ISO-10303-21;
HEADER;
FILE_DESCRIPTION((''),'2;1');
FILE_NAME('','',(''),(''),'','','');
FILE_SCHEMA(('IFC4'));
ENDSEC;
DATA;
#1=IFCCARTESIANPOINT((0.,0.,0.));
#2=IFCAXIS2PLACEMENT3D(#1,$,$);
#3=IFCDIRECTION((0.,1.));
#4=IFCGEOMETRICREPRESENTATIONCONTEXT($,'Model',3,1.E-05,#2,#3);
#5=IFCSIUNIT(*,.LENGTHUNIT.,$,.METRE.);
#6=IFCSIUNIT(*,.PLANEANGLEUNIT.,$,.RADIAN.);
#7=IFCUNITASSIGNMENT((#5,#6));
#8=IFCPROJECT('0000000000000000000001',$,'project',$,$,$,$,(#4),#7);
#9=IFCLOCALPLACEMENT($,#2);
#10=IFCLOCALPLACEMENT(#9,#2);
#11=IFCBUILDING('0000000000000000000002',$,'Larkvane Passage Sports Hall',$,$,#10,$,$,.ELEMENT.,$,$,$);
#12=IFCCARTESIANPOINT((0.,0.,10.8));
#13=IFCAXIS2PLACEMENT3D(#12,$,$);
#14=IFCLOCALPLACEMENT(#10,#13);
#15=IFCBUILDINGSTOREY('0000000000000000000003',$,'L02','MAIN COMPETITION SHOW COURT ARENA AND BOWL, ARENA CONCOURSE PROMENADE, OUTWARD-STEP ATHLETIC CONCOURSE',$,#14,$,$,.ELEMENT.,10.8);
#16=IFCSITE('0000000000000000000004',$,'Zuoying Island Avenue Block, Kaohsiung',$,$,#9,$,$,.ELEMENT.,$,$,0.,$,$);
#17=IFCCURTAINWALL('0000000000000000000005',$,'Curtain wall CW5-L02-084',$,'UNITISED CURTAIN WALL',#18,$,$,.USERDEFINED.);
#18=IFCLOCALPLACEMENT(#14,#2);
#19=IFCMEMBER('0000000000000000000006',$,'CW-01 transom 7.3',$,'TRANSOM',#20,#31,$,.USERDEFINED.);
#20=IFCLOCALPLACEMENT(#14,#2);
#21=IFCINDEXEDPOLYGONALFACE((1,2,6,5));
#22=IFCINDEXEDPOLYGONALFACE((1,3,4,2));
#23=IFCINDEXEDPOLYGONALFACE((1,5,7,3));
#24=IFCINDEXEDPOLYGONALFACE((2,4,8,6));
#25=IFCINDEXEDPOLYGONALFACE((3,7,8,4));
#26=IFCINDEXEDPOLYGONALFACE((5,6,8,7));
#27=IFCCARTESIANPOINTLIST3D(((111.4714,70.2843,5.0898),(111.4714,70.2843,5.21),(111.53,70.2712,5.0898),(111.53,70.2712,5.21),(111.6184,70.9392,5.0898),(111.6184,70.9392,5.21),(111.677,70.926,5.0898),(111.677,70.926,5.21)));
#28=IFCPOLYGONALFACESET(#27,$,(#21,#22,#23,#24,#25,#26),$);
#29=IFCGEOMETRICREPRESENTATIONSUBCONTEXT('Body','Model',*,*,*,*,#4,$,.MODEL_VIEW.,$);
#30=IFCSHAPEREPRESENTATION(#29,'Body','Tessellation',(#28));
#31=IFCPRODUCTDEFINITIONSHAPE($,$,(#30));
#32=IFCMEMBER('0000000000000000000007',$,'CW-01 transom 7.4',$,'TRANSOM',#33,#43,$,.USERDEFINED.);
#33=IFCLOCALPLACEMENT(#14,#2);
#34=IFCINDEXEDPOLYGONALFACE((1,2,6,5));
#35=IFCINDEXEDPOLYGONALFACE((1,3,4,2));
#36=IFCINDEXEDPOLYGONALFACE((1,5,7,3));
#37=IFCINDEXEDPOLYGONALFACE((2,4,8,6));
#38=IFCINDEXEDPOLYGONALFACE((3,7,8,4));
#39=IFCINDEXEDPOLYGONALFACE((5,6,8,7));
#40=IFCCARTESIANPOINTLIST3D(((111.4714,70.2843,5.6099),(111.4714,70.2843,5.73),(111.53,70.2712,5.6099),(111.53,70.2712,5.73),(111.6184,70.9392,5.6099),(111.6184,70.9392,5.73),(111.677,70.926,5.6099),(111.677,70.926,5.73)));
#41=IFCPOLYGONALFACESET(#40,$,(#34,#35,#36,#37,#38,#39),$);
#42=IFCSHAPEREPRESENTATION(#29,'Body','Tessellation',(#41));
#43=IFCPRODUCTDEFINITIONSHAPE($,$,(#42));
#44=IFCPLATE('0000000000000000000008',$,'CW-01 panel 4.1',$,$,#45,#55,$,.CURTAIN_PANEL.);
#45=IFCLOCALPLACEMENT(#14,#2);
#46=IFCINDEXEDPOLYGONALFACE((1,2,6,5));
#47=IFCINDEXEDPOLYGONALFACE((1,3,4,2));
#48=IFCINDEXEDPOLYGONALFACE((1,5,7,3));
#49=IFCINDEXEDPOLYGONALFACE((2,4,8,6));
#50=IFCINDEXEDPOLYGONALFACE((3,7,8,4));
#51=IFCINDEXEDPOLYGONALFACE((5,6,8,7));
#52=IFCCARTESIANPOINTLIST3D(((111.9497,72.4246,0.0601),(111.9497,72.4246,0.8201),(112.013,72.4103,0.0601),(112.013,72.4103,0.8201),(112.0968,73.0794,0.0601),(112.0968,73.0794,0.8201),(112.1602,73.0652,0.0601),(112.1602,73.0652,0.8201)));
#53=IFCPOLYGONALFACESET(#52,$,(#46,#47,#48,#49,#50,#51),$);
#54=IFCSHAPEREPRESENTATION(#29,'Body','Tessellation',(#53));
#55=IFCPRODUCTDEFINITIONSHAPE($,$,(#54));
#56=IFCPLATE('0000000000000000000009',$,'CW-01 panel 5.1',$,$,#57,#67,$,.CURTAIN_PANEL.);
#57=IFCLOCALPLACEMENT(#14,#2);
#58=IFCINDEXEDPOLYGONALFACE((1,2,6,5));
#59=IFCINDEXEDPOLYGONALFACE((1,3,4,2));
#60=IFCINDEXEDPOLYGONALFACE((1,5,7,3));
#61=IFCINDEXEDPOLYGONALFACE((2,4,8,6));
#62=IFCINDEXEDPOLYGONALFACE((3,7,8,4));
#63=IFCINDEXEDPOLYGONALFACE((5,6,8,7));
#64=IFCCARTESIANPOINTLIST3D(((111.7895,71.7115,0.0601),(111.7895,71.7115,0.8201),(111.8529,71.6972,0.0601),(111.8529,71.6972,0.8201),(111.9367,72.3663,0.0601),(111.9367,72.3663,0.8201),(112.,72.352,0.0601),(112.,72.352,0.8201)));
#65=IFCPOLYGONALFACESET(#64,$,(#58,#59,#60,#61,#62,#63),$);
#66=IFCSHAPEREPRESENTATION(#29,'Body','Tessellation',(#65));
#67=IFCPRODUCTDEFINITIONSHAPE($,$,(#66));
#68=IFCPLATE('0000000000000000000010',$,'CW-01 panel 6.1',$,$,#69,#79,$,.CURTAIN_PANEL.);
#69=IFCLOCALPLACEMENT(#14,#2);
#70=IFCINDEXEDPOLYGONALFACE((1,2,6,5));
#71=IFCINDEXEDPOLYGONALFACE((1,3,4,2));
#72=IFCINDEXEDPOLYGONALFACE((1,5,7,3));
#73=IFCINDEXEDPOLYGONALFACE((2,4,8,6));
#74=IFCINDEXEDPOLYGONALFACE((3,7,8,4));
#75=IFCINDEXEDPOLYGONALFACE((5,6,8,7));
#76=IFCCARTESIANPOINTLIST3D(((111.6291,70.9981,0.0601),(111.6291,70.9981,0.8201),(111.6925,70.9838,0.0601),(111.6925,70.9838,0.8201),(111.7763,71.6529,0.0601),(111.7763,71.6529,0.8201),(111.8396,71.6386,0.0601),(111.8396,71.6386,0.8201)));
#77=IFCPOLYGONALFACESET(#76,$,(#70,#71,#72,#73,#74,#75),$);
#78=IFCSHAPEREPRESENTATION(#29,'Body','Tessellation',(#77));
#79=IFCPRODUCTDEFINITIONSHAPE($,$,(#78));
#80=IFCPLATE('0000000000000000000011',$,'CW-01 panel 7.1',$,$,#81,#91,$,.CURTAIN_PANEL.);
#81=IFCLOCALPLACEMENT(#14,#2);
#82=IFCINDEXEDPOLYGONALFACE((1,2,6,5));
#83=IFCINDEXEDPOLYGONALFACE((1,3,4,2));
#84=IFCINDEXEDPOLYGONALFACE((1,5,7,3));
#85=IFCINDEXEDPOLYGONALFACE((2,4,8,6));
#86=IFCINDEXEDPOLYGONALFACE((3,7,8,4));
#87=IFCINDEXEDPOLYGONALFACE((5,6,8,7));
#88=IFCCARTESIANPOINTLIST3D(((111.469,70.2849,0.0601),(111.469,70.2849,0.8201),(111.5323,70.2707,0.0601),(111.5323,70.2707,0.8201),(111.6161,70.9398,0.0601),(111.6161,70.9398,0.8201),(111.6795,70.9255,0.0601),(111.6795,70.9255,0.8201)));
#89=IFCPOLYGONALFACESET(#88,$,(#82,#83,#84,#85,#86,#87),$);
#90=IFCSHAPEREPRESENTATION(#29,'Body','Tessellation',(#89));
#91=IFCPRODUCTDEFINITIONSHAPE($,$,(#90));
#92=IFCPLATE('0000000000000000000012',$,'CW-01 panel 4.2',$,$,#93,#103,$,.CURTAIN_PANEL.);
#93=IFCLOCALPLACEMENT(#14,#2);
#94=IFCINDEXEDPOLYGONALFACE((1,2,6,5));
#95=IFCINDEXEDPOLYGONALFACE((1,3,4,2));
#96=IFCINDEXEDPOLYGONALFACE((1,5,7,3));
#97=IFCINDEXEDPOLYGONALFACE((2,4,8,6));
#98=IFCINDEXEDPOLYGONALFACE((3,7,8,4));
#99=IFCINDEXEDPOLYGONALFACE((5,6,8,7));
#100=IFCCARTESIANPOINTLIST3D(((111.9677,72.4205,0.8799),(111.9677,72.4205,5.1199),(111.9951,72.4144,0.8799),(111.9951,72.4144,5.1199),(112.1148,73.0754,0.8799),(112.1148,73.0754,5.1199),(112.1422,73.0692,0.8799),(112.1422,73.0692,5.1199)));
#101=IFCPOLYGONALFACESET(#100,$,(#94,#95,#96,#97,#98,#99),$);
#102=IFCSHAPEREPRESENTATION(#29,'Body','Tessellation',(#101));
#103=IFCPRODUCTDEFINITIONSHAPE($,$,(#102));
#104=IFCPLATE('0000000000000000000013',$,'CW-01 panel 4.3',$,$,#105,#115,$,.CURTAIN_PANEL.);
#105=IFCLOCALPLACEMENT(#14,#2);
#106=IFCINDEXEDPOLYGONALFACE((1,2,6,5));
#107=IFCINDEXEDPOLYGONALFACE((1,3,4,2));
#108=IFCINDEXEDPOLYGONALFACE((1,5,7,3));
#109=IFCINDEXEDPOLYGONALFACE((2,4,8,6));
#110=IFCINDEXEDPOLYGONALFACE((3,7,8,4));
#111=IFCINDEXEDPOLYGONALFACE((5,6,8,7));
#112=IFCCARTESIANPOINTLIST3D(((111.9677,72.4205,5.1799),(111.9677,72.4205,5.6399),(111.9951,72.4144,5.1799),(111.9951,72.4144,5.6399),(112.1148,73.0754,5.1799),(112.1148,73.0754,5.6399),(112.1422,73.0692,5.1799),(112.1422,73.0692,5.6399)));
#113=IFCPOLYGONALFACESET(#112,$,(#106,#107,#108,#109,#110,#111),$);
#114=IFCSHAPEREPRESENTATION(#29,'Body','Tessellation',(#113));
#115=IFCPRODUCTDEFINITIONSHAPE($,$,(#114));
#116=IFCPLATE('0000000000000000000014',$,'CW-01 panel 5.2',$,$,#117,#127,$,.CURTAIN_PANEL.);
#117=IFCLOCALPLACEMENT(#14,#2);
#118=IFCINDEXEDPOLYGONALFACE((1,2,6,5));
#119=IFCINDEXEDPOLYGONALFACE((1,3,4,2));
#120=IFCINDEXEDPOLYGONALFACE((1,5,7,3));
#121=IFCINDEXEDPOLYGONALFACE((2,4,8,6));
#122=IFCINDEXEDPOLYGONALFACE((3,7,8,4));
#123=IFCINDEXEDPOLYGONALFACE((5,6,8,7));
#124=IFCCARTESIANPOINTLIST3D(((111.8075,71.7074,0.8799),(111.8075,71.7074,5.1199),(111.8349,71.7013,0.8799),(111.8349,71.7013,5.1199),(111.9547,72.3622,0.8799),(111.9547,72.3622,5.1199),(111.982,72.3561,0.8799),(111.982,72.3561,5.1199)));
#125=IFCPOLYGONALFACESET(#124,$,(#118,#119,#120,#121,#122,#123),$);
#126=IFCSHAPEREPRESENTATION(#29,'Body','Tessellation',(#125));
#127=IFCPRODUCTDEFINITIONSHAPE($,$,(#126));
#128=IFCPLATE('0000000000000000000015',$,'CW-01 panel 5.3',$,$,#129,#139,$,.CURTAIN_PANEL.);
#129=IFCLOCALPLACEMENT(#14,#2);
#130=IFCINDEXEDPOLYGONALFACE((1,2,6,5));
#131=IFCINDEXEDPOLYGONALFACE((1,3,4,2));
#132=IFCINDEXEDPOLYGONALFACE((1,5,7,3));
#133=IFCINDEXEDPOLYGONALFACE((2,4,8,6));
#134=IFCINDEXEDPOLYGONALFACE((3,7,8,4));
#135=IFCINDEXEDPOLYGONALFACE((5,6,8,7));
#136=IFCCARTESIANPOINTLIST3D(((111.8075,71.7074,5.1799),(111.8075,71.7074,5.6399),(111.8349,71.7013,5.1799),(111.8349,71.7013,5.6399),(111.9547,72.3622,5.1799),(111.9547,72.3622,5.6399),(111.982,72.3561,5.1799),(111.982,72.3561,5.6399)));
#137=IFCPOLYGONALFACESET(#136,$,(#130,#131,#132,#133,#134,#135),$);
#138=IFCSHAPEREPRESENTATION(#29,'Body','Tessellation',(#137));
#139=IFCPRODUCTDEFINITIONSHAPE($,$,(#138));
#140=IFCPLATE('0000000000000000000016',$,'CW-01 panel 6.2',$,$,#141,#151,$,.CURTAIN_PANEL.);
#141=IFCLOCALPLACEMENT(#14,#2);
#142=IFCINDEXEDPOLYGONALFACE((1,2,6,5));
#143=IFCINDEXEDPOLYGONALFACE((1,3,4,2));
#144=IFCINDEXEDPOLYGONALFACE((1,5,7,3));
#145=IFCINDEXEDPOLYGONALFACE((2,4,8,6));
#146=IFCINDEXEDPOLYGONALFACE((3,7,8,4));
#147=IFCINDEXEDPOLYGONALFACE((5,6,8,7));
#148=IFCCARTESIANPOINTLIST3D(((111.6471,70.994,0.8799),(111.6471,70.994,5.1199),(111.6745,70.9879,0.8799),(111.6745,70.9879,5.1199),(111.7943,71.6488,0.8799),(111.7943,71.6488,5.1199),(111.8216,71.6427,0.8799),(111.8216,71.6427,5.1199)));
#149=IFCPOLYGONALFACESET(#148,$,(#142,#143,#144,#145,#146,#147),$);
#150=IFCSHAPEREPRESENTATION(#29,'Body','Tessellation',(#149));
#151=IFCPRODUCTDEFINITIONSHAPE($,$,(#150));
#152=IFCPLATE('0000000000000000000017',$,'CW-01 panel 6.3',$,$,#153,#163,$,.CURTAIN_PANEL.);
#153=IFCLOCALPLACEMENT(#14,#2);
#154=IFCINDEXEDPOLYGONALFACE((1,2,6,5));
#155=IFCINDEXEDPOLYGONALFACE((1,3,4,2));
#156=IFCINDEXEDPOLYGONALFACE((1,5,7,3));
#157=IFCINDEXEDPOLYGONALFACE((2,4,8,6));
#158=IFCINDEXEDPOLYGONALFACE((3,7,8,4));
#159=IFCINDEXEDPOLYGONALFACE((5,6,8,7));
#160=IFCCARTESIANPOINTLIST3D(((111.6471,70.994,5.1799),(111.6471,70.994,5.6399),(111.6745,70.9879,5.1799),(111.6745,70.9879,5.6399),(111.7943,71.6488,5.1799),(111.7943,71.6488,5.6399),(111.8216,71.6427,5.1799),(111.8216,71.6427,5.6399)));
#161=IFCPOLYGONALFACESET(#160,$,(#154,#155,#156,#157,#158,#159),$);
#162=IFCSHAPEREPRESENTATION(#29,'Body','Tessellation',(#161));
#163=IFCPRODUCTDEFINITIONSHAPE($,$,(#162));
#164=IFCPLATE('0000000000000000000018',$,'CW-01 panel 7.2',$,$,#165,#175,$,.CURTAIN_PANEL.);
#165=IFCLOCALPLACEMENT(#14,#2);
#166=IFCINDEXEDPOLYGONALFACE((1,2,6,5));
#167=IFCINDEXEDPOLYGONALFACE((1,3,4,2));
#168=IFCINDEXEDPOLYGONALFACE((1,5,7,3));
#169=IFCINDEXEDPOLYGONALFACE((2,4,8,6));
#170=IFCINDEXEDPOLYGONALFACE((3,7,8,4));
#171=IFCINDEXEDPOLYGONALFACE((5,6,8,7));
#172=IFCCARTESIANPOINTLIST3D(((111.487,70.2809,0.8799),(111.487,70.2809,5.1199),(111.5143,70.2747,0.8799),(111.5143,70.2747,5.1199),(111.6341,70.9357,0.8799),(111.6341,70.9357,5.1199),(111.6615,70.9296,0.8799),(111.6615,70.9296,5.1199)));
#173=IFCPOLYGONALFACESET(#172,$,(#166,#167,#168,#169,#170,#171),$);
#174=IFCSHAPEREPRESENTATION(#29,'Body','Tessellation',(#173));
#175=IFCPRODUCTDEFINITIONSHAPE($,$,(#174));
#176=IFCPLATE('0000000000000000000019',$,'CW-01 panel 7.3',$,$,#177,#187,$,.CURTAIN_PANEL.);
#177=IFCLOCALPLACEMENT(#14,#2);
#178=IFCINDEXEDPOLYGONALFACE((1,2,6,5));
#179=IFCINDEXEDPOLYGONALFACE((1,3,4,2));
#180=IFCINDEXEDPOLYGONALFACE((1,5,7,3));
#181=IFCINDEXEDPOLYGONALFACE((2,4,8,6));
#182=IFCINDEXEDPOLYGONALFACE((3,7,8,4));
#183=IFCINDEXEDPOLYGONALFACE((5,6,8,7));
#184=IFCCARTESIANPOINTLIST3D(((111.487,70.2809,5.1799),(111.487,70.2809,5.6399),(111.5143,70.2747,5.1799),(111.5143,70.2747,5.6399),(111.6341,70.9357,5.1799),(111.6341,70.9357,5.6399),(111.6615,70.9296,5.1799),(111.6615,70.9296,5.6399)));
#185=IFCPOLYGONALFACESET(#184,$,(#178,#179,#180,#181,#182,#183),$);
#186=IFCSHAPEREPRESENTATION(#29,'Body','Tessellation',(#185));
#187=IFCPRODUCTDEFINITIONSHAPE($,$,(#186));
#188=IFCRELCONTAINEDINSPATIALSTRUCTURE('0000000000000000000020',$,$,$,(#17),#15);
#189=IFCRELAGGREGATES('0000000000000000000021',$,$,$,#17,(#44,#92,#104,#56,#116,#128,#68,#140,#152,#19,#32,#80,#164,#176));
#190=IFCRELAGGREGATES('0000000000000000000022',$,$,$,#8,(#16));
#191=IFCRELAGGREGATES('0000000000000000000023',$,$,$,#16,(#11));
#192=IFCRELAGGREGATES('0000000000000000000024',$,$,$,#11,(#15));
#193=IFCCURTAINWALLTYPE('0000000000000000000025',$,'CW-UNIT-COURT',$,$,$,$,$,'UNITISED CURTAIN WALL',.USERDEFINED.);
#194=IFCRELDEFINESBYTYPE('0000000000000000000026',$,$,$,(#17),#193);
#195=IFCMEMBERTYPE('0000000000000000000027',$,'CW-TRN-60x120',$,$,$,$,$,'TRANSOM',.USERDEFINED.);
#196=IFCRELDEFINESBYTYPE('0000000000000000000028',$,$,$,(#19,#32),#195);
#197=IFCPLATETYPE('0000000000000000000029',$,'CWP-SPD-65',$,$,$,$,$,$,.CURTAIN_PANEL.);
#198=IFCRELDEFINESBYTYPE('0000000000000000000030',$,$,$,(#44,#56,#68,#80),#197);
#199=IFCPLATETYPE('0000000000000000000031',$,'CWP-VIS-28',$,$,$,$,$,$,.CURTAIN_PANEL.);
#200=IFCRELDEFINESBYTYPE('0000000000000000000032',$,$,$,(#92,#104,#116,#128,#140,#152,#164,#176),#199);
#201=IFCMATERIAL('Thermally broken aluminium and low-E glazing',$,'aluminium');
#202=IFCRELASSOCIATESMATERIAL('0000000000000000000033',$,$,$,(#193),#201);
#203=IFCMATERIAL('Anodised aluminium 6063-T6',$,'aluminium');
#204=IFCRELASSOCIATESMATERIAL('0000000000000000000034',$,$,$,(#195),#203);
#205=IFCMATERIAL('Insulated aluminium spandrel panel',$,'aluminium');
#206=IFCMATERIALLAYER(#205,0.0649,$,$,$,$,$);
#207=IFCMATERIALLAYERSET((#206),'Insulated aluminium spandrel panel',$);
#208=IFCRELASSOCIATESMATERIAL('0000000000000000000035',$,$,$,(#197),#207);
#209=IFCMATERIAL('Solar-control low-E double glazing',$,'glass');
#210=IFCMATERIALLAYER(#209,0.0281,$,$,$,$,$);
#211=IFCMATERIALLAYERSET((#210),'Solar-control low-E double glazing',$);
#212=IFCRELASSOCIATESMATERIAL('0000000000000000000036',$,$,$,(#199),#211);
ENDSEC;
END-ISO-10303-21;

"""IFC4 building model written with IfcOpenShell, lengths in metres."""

from ifc_helpers import new_model, si_unit, direction, frame, origin, origin_2d, place, context, subcontext, project, spatial, rectangle, extrude, material, layer, layer_set, material_profile, profile_set, type_object, element, aggregate, save


model = new_model("IFC4")

# Units and contexts
model_context = context("Model", 3, precision=1e-05, world=origin(), true_north=direction((0.0, 1.0)))
body_context = subcontext(model_context, "Body", "Model", "MODEL_VIEW")
ifc_project = project(units=[si_unit("LENGTHUNIT", "METRE"), si_unit("PLANEANGLEUNIT", "RADIAN")], contexts=[model_context])

# Site, building, storey
site_placement = place(None, origin())
site = spatial("IfcSite", under=ifc_project, at=site_placement, Name="Zuoying Island Avenue Block, Kaohsiung", CompositionType="ELEMENT", RefElevation=0.0)
building_placement = place(site_placement, origin())
building = spatial("IfcBuilding", under=site, at=building_placement, Name="Larkvane Passage Sports Hall", CompositionType="ELEMENT")
storey_placement = place(building_placement, frame((0.0, 0.0, 10.8)))
storey = spatial("IfcBuildingStorey", under=building, at=storey_placement, Name="L02", Description="MAIN COMPETITION SHOW COURT ARENA AND BOWL, ARENA CONCOURSE PROMENADE, OUTWARD-STEP ATHLETIC CONCOURSE", CompositionType="ELEMENT", Elevation=10.8)

# Curtain wall, members, plates
ifc_material_1 = material(Name="Thermally broken aluminium and low-E glazing", Category="aluminium")
curtain_wall_type = type_object("IfcCurtainWallType", Name="CW-UNIT-COURT", ElementType="UNITISED CURTAIN WALL", PredefinedType="USERDEFINED", material=ifc_material_1)
curtain_wall_placement = place(storey_placement, origin())
curtain_wall = element("IfcCurtainWall", 1, at=curtain_wall_placement, inside=storey, type_object=curtain_wall_type, Name="Curtain wall CW5-L02-084", ObjectType="UNITISED CURTAIN WALL", PredefinedType="USERDEFINED")
ifc_material_2 = material(Name="Anodised aluminium 6063-T6", Category="aluminium")
ifc_material_profile_1 = material_profile(ifc_material_2, rectangle(XDim=0.0601, YDim=0.1201, at=origin_2d()), Name="ALU-TRN-60x120")
ifc_profile_set_1 = profile_set([ifc_material_profile_1], Name="Anodised aluminium 6063-T6")
member_type_1 = type_object("IfcMemberType", Name="CW-TRN-60x120", ElementType="TRANSOM", PredefinedType="USERDEFINED", material=ifc_profile_set_1)
member_1_placement = place(storey_placement, frame((111.6477, 70.9326, 5.1499), z_axis=(-0.21901, -0.975723, 0.0), x_axis=(0.975723, -0.21901, 0.0)))
member_1 = element("IfcMember", 2, at=member_1_placement, type_object=member_type_1, Name="CW-01 transom 7.3", ObjectType="TRANSOM", PredefinedType="USERDEFINED", context=body_context, shape_type="SweptSolid", body=[
    extrude(rectangle(XDim=0.0601, YDim=0.1201, at=origin_2d()), origin(), (0.0, 0.0, 1.0), 0.6711),
])
member_2_placement = place(storey_placement, frame((111.6477, 70.9326, 5.6699), z_axis=(-0.21901, -0.975723, 0.0), x_axis=(0.975723, -0.21901, 0.0)))
member_2 = element("IfcMember", 3, at=member_2_placement, type_object=member_type_1, Name="CW-01 transom 7.4", ObjectType="TRANSOM", PredefinedType="USERDEFINED", context=body_context, shape_type="SweptSolid", body=[
    extrude(rectangle(XDim=0.0601, YDim=0.1201, at=origin_2d()), origin(), (0.0, 0.0, 1.0), 0.6711),
])
ifc_material_3 = material(Name="Insulated aluminium spandrel panel", Category="aluminium")
ifc_layer_1 = layer(ifc_material_3, 0.0649)
ifc_layer_set_1 = layer_set([ifc_layer_1], Name="Insulated aluminium spandrel panel")
plate_type_1 = type_object("IfcPlateType", Name="CWP-SPD-65", PredefinedType="CURTAIN_PANEL", material=ifc_layer_set_1)
plate_1_placement = place(storey_placement, frame((112.0549, 72.7449, 0.0601), z_axis=(0.0, 0.0, 1.0), x_axis=(-0.219244, -0.97567, 0.0)))
plate_1 = element("IfcPlate", 4, at=plate_1_placement, type_object=plate_type_1, Name="CW-01 panel 4.1", PredefinedType="CURTAIN_PANEL", context=body_context, shape_type="SweptSolid", body=[
    extrude(rectangle(XDim=0.6711, YDim=0.0649, at=origin_2d()), origin(), (0.0, 0.0, 1.0), 0.76),
])
plate_2_placement = place(storey_placement, frame((111.8948, 72.0317, 0.0601), z_axis=(0.0, 0.0, 1.0), x_axis=(-0.219244, -0.97567, 0.0)))
plate_2 = element("IfcPlate", 5, at=plate_2_placement, type_object=plate_type_1, Name="CW-01 panel 5.1", PredefinedType="CURTAIN_PANEL", context=body_context, shape_type="SweptSolid", body=[
    extrude(rectangle(XDim=0.6711, YDim=0.0649, at=origin_2d()), origin(), (0.0, 0.0, 1.0), 0.76),
])
plate_3_placement = place(storey_placement, frame((111.7344, 71.3184, 0.0601), z_axis=(0.0, 0.0, 1.0), x_axis=(-0.219244, -0.97567, 0.0)))
plate_3 = element("IfcPlate", 6, at=plate_3_placement, type_object=plate_type_1, Name="CW-01 panel 6.1", PredefinedType="CURTAIN_PANEL", context=body_context, shape_type="SweptSolid", body=[
    extrude(rectangle(XDim=0.6711, YDim=0.0649, at=origin_2d()), origin(), (0.0, 0.0, 1.0), 0.76),
])
plate_4_placement = place(storey_placement, frame((111.5742, 70.6052, 0.0601), z_axis=(0.0, 0.0, 1.0), x_axis=(-0.219244, -0.97567, 0.0)))
plate_4 = element("IfcPlate", 7, at=plate_4_placement, type_object=plate_type_1, Name="CW-01 panel 7.1", PredefinedType="CURTAIN_PANEL", context=body_context, shape_type="SweptSolid", body=[
    extrude(rectangle(XDim=0.6711, YDim=0.0649, at=origin_2d()), origin(), (0.0, 0.0, 1.0), 0.76),
])
ifc_material_4 = material(Name="Solar-control low-E double glazing", Category="glass")
ifc_layer_2 = layer(ifc_material_4, 0.0281)
ifc_layer_set_2 = layer_set([ifc_layer_2], Name="Solar-control low-E double glazing")
plate_type_2 = type_object("IfcPlateType", Name="CWP-VIS-28", PredefinedType="CURTAIN_PANEL", material=ifc_layer_set_2)
plate_5_placement = place(storey_placement, frame((112.0549, 72.7449, 0.8799), z_axis=(0.0, 0.0, 1.0), x_axis=(-0.219244, -0.97567, 0.0)))
plate_5 = element("IfcPlate", 8, at=plate_5_placement, type_object=plate_type_2, Name="CW-01 panel 4.2", PredefinedType="CURTAIN_PANEL", context=body_context, shape_type="SweptSolid", body=[
    extrude(rectangle(XDim=0.6711, YDim=0.0281, at=origin_2d()), origin(), (0.0, 0.0, 1.0), 4.24),
])
plate_6_placement = place(storey_placement, frame((112.0549, 72.7449, 5.1799), z_axis=(0.0, 0.0, 1.0), x_axis=(-0.219244, -0.97567, 0.0)))
plate_6 = element("IfcPlate", 9, at=plate_6_placement, type_object=plate_type_2, Name="CW-01 panel 4.3", PredefinedType="CURTAIN_PANEL", context=body_context, shape_type="SweptSolid", body=[
    extrude(rectangle(XDim=0.6711, YDim=0.0281, at=origin_2d()), origin(), (0.0, 0.0, 1.0), 0.46),
])
plate_7_placement = place(storey_placement, frame((111.8948, 72.0317, 0.8799), z_axis=(0.0, 0.0, 1.0), x_axis=(-0.219244, -0.97567, 0.0)))
plate_7 = element("IfcPlate", 10, at=plate_7_placement, type_object=plate_type_2, Name="CW-01 panel 5.2", PredefinedType="CURTAIN_PANEL", context=body_context, shape_type="SweptSolid", body=[
    extrude(rectangle(XDim=0.6711, YDim=0.0281, at=origin_2d()), origin(), (0.0, 0.0, 1.0), 4.24),
])
plate_8_placement = place(storey_placement, frame((111.8948, 72.0317, 5.1799), z_axis=(0.0, 0.0, 1.0), x_axis=(-0.219244, -0.97567, 0.0)))
plate_8 = element("IfcPlate", 11, at=plate_8_placement, type_object=plate_type_2, Name="CW-01 panel 5.3", PredefinedType="CURTAIN_PANEL", context=body_context, shape_type="SweptSolid", body=[
    extrude(rectangle(XDim=0.6711, YDim=0.0281, at=origin_2d()), origin(), (0.0, 0.0, 1.0), 0.46),
])
plate_9_placement = place(storey_placement, frame((111.7344, 71.3184, 0.8799), z_axis=(0.0, 0.0, 1.0), x_axis=(-0.219244, -0.97567, 0.0)))
plate_9 = element("IfcPlate", 12, at=plate_9_placement, type_object=plate_type_2, Name="CW-01 panel 6.2", PredefinedType="CURTAIN_PANEL", context=body_context, shape_type="SweptSolid", body=[
    extrude(rectangle(XDim=0.6711, YDim=0.0281, at=origin_2d()), origin(), (0.0, 0.0, 1.0), 4.24),
])
plate_10_placement = place(storey_placement, frame((111.7344, 71.3184, 5.1799), z_axis=(0.0, 0.0, 1.0), x_axis=(-0.219244, -0.97567, 0.0)))
plate_10 = element("IfcPlate", 13, at=plate_10_placement, type_object=plate_type_2, Name="CW-01 panel 6.3", PredefinedType="CURTAIN_PANEL", context=body_context, shape_type="SweptSolid", body=[
    extrude(rectangle(XDim=0.6711, YDim=0.0281, at=origin_2d()), origin(), (0.0, 0.0, 1.0), 0.46),
])
plate_11_placement = place(storey_placement, frame((111.5742, 70.6052, 0.8799), z_axis=(0.0, 0.0, 1.0), x_axis=(-0.219244, -0.97567, 0.0)))
plate_11 = element("IfcPlate", 14, at=plate_11_placement, type_object=plate_type_2, Name="CW-01 panel 7.2", PredefinedType="CURTAIN_PANEL", context=body_context, shape_type="SweptSolid", body=[
    extrude(rectangle(XDim=0.6711, YDim=0.0281, at=origin_2d()), origin(), (0.0, 0.0, 1.0), 4.24),
])
plate_12_placement = place(storey_placement, frame((111.5742, 70.6052, 5.1799), z_axis=(0.0, 0.0, 1.0), x_axis=(-0.219244, -0.97567, 0.0)))
plate_12 = element("IfcPlate", 15, at=plate_12_placement, type_object=plate_type_2, Name="CW-01 panel 7.3", PredefinedType="CURTAIN_PANEL", context=body_context, shape_type="SweptSolid", body=[
    extrude(rectangle(XDim=0.6711, YDim=0.0281, at=origin_2d()), origin(), (0.0, 0.0, 1.0), 0.46),
])
aggregate(curtain_wall, [plate_1, plate_5, plate_6, plate_2, plate_7, plate_8, plate_3, plate_9, plate_10, member_1, member_2, plate_4, plate_11, plate_12])

save(model, "model.ifc")
